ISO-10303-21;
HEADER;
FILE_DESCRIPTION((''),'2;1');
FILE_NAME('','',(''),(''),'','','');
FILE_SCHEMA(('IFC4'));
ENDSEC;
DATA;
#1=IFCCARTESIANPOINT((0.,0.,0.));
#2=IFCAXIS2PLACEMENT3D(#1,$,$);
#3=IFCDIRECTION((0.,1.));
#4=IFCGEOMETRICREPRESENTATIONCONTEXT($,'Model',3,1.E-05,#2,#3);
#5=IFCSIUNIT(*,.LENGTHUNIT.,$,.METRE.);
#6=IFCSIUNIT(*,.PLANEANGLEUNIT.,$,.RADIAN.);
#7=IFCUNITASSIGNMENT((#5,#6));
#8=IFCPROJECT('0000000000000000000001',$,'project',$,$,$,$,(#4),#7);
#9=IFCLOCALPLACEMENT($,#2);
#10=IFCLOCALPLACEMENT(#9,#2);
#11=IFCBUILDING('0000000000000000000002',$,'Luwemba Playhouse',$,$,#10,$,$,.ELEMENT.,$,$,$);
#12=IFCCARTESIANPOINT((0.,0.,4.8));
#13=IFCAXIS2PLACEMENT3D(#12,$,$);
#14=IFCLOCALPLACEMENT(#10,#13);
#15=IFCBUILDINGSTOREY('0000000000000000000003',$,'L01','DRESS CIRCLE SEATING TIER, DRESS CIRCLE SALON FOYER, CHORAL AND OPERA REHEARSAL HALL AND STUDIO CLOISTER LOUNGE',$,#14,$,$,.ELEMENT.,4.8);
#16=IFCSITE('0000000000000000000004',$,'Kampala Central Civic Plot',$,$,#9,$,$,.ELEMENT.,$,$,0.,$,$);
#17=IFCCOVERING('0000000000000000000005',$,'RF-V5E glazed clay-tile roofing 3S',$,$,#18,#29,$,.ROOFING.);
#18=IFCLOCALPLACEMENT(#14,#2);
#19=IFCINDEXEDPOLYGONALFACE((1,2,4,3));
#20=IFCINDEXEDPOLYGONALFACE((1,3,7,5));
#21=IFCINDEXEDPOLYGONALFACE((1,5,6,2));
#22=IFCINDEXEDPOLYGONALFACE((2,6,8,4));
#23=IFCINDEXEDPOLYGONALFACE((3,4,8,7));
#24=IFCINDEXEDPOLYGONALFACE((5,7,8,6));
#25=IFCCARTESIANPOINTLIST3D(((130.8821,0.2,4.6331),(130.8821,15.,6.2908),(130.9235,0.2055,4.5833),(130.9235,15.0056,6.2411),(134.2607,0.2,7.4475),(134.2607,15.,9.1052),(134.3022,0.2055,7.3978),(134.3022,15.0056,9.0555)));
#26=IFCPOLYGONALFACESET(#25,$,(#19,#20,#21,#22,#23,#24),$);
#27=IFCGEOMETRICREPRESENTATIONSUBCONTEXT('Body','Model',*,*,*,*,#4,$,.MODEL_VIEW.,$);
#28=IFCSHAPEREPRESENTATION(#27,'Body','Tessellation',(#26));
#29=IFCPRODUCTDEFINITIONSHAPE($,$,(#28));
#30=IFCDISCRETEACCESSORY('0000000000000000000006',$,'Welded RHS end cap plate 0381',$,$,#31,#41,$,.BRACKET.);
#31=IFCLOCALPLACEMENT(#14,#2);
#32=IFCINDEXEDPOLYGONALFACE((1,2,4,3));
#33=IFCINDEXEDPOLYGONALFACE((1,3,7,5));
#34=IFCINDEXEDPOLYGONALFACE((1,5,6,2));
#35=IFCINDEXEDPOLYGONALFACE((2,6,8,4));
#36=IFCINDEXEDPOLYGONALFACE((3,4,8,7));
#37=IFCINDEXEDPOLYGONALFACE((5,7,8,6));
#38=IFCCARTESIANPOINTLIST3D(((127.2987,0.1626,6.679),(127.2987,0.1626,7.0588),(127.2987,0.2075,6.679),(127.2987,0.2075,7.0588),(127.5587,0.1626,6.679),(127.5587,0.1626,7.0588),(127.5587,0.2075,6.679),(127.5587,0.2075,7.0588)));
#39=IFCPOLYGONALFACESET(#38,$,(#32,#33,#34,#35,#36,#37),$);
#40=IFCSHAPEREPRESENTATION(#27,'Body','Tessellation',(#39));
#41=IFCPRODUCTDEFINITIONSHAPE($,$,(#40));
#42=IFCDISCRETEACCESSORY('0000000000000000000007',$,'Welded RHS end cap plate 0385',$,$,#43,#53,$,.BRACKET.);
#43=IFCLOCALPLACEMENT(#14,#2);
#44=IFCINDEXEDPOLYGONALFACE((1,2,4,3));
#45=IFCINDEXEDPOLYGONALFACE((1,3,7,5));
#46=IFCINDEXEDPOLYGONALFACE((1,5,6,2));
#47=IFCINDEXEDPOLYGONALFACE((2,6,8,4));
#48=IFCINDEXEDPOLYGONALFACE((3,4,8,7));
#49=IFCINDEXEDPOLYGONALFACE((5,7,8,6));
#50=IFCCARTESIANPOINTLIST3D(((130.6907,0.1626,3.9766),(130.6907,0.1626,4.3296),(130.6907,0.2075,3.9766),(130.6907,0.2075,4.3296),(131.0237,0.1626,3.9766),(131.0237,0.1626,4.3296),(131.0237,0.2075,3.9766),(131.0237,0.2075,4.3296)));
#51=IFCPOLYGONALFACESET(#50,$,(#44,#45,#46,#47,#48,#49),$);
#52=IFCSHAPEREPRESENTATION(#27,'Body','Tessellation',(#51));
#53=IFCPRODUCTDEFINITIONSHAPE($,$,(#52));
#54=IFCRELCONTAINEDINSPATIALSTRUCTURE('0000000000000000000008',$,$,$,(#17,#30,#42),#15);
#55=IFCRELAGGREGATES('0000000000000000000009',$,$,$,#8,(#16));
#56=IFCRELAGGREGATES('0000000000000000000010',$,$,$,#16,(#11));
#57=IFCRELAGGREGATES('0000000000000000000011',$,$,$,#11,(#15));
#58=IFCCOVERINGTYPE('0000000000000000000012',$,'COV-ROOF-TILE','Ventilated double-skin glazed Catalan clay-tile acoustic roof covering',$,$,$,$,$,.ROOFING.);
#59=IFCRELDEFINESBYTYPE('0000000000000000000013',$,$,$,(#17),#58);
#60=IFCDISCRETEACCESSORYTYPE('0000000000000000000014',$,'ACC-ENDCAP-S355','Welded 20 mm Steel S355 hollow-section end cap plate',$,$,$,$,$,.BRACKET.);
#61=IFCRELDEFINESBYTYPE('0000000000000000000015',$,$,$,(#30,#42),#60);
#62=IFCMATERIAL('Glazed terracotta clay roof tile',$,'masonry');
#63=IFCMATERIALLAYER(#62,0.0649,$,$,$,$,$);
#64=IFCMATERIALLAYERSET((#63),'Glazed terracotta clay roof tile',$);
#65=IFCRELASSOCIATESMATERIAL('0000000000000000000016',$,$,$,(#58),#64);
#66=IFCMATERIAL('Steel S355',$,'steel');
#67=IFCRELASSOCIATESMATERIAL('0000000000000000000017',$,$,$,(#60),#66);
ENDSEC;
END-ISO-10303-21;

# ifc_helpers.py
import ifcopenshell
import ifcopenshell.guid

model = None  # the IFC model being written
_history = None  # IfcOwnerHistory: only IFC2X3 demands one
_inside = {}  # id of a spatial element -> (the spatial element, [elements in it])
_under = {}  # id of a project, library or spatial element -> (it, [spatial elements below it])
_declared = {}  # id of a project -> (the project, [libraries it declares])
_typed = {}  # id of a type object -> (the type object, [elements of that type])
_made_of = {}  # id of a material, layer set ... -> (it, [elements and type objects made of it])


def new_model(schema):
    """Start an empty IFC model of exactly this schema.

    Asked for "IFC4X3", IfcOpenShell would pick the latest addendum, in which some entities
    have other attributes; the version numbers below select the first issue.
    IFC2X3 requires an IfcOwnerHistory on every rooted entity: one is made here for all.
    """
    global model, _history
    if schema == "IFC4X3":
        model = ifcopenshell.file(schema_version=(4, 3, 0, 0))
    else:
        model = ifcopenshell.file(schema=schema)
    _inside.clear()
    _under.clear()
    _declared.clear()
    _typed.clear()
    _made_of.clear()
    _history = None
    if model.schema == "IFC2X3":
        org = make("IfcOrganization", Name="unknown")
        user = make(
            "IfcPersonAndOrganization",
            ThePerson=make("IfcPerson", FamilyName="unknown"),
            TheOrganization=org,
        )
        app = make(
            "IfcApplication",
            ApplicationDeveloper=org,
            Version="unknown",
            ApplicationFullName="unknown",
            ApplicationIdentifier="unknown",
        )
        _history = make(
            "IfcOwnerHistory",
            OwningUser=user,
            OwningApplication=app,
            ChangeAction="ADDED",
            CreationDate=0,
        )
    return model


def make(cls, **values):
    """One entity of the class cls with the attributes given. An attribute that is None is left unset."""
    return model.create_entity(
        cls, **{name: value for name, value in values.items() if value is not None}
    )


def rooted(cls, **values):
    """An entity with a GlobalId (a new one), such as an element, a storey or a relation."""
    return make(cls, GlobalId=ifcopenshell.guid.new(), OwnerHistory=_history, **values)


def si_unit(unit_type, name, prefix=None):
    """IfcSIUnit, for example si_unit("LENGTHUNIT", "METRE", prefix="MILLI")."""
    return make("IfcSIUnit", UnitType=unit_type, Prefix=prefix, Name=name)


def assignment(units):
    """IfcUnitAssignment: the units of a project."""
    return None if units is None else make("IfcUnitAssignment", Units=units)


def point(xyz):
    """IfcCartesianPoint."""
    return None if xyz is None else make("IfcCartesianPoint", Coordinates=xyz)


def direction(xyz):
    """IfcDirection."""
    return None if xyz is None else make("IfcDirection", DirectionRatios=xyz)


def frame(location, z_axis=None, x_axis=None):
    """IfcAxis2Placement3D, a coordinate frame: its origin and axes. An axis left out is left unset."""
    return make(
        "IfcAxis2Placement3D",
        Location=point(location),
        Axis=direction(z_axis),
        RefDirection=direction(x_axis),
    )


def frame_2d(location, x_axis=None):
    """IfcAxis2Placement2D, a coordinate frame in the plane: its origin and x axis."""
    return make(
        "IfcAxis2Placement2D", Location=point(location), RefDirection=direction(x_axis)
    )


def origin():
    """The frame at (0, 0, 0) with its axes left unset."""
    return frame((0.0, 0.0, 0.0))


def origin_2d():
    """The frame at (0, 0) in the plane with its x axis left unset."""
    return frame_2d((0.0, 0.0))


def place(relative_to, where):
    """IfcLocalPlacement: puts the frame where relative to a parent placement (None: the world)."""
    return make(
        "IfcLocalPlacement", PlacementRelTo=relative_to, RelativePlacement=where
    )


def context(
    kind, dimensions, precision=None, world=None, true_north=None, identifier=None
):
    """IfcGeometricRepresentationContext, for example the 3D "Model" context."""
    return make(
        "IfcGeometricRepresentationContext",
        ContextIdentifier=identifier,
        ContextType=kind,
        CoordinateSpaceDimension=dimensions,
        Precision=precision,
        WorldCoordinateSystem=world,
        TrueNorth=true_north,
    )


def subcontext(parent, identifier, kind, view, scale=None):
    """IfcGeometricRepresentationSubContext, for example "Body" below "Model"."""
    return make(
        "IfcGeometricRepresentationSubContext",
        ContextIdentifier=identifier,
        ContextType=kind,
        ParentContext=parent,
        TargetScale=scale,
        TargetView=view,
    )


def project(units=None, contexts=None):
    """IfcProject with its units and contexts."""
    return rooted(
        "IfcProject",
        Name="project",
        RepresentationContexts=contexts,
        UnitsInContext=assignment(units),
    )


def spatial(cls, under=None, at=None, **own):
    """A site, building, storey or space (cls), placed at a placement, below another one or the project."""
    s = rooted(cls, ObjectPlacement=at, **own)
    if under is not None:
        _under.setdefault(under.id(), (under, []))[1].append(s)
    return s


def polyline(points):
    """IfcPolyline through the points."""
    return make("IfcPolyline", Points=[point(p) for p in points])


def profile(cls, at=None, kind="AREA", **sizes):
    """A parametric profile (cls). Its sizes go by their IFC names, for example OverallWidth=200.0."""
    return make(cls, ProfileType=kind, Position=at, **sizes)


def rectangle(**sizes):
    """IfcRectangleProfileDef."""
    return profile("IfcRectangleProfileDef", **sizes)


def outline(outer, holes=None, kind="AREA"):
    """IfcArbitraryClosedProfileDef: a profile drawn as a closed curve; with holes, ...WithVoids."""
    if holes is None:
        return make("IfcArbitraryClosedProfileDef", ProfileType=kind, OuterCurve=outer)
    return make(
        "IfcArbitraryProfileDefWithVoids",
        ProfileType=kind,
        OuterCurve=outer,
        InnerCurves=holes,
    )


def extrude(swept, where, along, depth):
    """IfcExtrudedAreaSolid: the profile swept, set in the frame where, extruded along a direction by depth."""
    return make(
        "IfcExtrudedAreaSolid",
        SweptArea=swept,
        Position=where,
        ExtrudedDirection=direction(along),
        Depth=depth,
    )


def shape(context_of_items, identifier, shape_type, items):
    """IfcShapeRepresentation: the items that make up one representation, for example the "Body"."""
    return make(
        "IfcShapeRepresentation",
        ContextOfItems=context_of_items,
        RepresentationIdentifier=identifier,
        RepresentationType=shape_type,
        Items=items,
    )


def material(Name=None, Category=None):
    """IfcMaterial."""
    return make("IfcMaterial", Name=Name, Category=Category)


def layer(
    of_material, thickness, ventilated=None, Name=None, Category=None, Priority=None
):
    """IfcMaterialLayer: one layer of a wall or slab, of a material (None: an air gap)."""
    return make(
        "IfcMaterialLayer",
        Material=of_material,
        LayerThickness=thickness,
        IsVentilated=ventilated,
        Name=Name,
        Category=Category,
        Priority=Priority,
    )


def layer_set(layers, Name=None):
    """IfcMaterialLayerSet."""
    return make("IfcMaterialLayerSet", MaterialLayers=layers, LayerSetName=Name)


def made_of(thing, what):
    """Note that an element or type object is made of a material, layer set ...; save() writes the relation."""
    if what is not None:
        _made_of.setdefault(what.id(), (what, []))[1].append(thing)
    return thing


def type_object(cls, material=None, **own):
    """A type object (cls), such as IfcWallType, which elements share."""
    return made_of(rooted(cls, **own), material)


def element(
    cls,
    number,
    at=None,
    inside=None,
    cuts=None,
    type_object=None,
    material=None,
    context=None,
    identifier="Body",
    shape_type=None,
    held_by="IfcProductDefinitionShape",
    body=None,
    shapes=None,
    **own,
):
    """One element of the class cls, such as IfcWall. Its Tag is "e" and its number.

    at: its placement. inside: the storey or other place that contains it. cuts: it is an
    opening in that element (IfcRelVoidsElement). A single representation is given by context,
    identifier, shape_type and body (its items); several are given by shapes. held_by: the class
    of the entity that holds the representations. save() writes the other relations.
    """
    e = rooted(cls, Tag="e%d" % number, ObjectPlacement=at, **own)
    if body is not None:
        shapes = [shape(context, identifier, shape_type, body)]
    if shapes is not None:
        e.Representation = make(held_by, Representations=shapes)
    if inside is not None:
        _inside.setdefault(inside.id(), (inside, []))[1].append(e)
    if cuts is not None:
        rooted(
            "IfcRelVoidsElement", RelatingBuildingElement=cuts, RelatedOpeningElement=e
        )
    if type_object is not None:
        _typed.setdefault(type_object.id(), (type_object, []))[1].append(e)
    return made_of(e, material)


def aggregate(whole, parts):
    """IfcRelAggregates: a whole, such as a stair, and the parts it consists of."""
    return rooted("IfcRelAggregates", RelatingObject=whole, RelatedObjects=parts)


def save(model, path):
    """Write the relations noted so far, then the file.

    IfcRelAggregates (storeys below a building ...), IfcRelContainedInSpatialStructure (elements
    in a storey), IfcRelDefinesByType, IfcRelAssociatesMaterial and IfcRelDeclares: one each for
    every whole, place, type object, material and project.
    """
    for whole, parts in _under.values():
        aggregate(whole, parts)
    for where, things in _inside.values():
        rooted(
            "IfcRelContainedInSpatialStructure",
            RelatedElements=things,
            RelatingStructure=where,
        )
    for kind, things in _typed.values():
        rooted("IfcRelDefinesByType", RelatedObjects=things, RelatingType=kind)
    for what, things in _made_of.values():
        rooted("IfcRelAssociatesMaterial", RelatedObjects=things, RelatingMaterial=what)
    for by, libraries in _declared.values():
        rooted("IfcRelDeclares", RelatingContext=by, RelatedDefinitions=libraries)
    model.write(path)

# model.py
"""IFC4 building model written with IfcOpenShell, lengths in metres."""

from ifc_helpers import new_model, si_unit, direction, frame, origin, origin_2d, place, context, subcontext, project, spatial, polyline, rectangle, outline, extrude, material, layer, layer_set, type_object, element, save


model = new_model("IFC4")

# Units and contexts
model_context = context("Model", 3, precision=1e-05, world=origin(), true_north=direction((0.0, 1.0)))
body_context = subcontext(model_context, "Body", "Model", "MODEL_VIEW")
ifc_project = project(units=[si_unit("LENGTHUNIT", "METRE"), si_unit("PLANEANGLEUNIT", "RADIAN")], contexts=[model_context])

# Site, building, storey
site_placement = place(None, origin())
site = spatial("IfcSite", under=ifc_project, at=site_placement, Name="Kampala Central Civic Plot", CompositionType="ELEMENT", RefElevation=0.0)
building_placement = place(site_placement, origin())
building = spatial("IfcBuilding", under=site, at=building_placement, Name="Luwemba Playhouse", CompositionType="ELEMENT")
storey_placement = place(building_placement, frame((0.0, 0.0, 4.8)))
storey = spatial("IfcBuildingStorey", under=building, at=storey_placement, Name="L01", Description="DRESS CIRCLE SEATING TIER, DRESS CIRCLE SALON FOYER, CHORAL AND OPERA REHEARSAL HALL AND STUDIO CLOISTER LOUNGE", CompositionType="ELEMENT", Elevation=4.8)

# Shared definitions
ifc_material_1 = material(Name="Steel S355", Category="steel")

# Covering
ifc_material_2 = material(Name="Glazed terracotta clay roof tile", Category="masonry")
ifc_layer_1 = layer(ifc_material_2, 0.0649)
ifc_layer_set_1 = layer_set([ifc_layer_1], Name="Glazed terracotta clay roof tile")
covering_type = type_object("IfcCoveringType", Name="COV-ROOF-TILE", Description="Ventilated double-skin glazed Catalan clay-tile acoustic roof covering", PredefinedType="ROOFING", material=ifc_layer_set_1)
covering_1_placement = place(storey_placement, frame((130.8821, 0.2, 4.6331), z_axis=(-0.63768, -0.085743, 0.765515), x_axis=(0.768344, 0.0, 0.640037)))
element("IfcCovering", 1, at=covering_1_placement, inside=storey, type_object=covering_type, Name="RF-V5E glazed clay-tile roofing 3S", PredefinedType="ROOFING", context=body_context, shape_type="SweptSolid", body=[
    extrude(outline(polyline([(0.0, 0.0), (4.3973, 0.0), (5.4583, 14.8548), (1.061, 14.8548), (0.0, 0.0)])), origin(), (0.0, 0.0, -1.0), 0.0649),
])

# Discrete accessories
discrete_accessory_type = type_object("IfcDiscreteAccessoryType", Name="ACC-ENDCAP-S355", Description="Welded 20 mm Steel S355 hollow-section end cap plate", PredefinedType="BRACKET", material=ifc_material_1)
discrete_accessory_1_placement = place(storey_placement, frame((127.4287, 0.1851, 6.679), z_axis=(0.0, 0.0, 1.0), x_axis=(1.0, 0.0, 0.0)))
element("IfcDiscreteAccessory", 2, at=discrete_accessory_1_placement, inside=storey, type_object=discrete_accessory_type, Name="Welded RHS end cap plate 0381", PredefinedType="BRACKET", context=body_context, shape_type="SweptSolid", body=[
    extrude(rectangle(XDim=0.26, YDim=0.0449, at=origin_2d()), origin(), (0.0, 0.0, 1.0), 0.3799),
])
discrete_accessory_2_placement = place(storey_placement, frame((130.8572, 0.1851, 3.9766), z_axis=(0.0, 0.0, 1.0), x_axis=(1.0, 0.0, 0.0)))
element("IfcDiscreteAccessory", 3, at=discrete_accessory_2_placement, inside=storey, type_object=discrete_accessory_type, Name="Welded RHS end cap plate 0385", PredefinedType="BRACKET", context=body_context, shape_type="SweptSolid", body=[
    extrude(rectangle(XDim=0.333, YDim=0.0449, at=origin_2d()), origin(), (0.0, 0.0, 1.0), 0.353),
])

save(model, "model.ifc")
